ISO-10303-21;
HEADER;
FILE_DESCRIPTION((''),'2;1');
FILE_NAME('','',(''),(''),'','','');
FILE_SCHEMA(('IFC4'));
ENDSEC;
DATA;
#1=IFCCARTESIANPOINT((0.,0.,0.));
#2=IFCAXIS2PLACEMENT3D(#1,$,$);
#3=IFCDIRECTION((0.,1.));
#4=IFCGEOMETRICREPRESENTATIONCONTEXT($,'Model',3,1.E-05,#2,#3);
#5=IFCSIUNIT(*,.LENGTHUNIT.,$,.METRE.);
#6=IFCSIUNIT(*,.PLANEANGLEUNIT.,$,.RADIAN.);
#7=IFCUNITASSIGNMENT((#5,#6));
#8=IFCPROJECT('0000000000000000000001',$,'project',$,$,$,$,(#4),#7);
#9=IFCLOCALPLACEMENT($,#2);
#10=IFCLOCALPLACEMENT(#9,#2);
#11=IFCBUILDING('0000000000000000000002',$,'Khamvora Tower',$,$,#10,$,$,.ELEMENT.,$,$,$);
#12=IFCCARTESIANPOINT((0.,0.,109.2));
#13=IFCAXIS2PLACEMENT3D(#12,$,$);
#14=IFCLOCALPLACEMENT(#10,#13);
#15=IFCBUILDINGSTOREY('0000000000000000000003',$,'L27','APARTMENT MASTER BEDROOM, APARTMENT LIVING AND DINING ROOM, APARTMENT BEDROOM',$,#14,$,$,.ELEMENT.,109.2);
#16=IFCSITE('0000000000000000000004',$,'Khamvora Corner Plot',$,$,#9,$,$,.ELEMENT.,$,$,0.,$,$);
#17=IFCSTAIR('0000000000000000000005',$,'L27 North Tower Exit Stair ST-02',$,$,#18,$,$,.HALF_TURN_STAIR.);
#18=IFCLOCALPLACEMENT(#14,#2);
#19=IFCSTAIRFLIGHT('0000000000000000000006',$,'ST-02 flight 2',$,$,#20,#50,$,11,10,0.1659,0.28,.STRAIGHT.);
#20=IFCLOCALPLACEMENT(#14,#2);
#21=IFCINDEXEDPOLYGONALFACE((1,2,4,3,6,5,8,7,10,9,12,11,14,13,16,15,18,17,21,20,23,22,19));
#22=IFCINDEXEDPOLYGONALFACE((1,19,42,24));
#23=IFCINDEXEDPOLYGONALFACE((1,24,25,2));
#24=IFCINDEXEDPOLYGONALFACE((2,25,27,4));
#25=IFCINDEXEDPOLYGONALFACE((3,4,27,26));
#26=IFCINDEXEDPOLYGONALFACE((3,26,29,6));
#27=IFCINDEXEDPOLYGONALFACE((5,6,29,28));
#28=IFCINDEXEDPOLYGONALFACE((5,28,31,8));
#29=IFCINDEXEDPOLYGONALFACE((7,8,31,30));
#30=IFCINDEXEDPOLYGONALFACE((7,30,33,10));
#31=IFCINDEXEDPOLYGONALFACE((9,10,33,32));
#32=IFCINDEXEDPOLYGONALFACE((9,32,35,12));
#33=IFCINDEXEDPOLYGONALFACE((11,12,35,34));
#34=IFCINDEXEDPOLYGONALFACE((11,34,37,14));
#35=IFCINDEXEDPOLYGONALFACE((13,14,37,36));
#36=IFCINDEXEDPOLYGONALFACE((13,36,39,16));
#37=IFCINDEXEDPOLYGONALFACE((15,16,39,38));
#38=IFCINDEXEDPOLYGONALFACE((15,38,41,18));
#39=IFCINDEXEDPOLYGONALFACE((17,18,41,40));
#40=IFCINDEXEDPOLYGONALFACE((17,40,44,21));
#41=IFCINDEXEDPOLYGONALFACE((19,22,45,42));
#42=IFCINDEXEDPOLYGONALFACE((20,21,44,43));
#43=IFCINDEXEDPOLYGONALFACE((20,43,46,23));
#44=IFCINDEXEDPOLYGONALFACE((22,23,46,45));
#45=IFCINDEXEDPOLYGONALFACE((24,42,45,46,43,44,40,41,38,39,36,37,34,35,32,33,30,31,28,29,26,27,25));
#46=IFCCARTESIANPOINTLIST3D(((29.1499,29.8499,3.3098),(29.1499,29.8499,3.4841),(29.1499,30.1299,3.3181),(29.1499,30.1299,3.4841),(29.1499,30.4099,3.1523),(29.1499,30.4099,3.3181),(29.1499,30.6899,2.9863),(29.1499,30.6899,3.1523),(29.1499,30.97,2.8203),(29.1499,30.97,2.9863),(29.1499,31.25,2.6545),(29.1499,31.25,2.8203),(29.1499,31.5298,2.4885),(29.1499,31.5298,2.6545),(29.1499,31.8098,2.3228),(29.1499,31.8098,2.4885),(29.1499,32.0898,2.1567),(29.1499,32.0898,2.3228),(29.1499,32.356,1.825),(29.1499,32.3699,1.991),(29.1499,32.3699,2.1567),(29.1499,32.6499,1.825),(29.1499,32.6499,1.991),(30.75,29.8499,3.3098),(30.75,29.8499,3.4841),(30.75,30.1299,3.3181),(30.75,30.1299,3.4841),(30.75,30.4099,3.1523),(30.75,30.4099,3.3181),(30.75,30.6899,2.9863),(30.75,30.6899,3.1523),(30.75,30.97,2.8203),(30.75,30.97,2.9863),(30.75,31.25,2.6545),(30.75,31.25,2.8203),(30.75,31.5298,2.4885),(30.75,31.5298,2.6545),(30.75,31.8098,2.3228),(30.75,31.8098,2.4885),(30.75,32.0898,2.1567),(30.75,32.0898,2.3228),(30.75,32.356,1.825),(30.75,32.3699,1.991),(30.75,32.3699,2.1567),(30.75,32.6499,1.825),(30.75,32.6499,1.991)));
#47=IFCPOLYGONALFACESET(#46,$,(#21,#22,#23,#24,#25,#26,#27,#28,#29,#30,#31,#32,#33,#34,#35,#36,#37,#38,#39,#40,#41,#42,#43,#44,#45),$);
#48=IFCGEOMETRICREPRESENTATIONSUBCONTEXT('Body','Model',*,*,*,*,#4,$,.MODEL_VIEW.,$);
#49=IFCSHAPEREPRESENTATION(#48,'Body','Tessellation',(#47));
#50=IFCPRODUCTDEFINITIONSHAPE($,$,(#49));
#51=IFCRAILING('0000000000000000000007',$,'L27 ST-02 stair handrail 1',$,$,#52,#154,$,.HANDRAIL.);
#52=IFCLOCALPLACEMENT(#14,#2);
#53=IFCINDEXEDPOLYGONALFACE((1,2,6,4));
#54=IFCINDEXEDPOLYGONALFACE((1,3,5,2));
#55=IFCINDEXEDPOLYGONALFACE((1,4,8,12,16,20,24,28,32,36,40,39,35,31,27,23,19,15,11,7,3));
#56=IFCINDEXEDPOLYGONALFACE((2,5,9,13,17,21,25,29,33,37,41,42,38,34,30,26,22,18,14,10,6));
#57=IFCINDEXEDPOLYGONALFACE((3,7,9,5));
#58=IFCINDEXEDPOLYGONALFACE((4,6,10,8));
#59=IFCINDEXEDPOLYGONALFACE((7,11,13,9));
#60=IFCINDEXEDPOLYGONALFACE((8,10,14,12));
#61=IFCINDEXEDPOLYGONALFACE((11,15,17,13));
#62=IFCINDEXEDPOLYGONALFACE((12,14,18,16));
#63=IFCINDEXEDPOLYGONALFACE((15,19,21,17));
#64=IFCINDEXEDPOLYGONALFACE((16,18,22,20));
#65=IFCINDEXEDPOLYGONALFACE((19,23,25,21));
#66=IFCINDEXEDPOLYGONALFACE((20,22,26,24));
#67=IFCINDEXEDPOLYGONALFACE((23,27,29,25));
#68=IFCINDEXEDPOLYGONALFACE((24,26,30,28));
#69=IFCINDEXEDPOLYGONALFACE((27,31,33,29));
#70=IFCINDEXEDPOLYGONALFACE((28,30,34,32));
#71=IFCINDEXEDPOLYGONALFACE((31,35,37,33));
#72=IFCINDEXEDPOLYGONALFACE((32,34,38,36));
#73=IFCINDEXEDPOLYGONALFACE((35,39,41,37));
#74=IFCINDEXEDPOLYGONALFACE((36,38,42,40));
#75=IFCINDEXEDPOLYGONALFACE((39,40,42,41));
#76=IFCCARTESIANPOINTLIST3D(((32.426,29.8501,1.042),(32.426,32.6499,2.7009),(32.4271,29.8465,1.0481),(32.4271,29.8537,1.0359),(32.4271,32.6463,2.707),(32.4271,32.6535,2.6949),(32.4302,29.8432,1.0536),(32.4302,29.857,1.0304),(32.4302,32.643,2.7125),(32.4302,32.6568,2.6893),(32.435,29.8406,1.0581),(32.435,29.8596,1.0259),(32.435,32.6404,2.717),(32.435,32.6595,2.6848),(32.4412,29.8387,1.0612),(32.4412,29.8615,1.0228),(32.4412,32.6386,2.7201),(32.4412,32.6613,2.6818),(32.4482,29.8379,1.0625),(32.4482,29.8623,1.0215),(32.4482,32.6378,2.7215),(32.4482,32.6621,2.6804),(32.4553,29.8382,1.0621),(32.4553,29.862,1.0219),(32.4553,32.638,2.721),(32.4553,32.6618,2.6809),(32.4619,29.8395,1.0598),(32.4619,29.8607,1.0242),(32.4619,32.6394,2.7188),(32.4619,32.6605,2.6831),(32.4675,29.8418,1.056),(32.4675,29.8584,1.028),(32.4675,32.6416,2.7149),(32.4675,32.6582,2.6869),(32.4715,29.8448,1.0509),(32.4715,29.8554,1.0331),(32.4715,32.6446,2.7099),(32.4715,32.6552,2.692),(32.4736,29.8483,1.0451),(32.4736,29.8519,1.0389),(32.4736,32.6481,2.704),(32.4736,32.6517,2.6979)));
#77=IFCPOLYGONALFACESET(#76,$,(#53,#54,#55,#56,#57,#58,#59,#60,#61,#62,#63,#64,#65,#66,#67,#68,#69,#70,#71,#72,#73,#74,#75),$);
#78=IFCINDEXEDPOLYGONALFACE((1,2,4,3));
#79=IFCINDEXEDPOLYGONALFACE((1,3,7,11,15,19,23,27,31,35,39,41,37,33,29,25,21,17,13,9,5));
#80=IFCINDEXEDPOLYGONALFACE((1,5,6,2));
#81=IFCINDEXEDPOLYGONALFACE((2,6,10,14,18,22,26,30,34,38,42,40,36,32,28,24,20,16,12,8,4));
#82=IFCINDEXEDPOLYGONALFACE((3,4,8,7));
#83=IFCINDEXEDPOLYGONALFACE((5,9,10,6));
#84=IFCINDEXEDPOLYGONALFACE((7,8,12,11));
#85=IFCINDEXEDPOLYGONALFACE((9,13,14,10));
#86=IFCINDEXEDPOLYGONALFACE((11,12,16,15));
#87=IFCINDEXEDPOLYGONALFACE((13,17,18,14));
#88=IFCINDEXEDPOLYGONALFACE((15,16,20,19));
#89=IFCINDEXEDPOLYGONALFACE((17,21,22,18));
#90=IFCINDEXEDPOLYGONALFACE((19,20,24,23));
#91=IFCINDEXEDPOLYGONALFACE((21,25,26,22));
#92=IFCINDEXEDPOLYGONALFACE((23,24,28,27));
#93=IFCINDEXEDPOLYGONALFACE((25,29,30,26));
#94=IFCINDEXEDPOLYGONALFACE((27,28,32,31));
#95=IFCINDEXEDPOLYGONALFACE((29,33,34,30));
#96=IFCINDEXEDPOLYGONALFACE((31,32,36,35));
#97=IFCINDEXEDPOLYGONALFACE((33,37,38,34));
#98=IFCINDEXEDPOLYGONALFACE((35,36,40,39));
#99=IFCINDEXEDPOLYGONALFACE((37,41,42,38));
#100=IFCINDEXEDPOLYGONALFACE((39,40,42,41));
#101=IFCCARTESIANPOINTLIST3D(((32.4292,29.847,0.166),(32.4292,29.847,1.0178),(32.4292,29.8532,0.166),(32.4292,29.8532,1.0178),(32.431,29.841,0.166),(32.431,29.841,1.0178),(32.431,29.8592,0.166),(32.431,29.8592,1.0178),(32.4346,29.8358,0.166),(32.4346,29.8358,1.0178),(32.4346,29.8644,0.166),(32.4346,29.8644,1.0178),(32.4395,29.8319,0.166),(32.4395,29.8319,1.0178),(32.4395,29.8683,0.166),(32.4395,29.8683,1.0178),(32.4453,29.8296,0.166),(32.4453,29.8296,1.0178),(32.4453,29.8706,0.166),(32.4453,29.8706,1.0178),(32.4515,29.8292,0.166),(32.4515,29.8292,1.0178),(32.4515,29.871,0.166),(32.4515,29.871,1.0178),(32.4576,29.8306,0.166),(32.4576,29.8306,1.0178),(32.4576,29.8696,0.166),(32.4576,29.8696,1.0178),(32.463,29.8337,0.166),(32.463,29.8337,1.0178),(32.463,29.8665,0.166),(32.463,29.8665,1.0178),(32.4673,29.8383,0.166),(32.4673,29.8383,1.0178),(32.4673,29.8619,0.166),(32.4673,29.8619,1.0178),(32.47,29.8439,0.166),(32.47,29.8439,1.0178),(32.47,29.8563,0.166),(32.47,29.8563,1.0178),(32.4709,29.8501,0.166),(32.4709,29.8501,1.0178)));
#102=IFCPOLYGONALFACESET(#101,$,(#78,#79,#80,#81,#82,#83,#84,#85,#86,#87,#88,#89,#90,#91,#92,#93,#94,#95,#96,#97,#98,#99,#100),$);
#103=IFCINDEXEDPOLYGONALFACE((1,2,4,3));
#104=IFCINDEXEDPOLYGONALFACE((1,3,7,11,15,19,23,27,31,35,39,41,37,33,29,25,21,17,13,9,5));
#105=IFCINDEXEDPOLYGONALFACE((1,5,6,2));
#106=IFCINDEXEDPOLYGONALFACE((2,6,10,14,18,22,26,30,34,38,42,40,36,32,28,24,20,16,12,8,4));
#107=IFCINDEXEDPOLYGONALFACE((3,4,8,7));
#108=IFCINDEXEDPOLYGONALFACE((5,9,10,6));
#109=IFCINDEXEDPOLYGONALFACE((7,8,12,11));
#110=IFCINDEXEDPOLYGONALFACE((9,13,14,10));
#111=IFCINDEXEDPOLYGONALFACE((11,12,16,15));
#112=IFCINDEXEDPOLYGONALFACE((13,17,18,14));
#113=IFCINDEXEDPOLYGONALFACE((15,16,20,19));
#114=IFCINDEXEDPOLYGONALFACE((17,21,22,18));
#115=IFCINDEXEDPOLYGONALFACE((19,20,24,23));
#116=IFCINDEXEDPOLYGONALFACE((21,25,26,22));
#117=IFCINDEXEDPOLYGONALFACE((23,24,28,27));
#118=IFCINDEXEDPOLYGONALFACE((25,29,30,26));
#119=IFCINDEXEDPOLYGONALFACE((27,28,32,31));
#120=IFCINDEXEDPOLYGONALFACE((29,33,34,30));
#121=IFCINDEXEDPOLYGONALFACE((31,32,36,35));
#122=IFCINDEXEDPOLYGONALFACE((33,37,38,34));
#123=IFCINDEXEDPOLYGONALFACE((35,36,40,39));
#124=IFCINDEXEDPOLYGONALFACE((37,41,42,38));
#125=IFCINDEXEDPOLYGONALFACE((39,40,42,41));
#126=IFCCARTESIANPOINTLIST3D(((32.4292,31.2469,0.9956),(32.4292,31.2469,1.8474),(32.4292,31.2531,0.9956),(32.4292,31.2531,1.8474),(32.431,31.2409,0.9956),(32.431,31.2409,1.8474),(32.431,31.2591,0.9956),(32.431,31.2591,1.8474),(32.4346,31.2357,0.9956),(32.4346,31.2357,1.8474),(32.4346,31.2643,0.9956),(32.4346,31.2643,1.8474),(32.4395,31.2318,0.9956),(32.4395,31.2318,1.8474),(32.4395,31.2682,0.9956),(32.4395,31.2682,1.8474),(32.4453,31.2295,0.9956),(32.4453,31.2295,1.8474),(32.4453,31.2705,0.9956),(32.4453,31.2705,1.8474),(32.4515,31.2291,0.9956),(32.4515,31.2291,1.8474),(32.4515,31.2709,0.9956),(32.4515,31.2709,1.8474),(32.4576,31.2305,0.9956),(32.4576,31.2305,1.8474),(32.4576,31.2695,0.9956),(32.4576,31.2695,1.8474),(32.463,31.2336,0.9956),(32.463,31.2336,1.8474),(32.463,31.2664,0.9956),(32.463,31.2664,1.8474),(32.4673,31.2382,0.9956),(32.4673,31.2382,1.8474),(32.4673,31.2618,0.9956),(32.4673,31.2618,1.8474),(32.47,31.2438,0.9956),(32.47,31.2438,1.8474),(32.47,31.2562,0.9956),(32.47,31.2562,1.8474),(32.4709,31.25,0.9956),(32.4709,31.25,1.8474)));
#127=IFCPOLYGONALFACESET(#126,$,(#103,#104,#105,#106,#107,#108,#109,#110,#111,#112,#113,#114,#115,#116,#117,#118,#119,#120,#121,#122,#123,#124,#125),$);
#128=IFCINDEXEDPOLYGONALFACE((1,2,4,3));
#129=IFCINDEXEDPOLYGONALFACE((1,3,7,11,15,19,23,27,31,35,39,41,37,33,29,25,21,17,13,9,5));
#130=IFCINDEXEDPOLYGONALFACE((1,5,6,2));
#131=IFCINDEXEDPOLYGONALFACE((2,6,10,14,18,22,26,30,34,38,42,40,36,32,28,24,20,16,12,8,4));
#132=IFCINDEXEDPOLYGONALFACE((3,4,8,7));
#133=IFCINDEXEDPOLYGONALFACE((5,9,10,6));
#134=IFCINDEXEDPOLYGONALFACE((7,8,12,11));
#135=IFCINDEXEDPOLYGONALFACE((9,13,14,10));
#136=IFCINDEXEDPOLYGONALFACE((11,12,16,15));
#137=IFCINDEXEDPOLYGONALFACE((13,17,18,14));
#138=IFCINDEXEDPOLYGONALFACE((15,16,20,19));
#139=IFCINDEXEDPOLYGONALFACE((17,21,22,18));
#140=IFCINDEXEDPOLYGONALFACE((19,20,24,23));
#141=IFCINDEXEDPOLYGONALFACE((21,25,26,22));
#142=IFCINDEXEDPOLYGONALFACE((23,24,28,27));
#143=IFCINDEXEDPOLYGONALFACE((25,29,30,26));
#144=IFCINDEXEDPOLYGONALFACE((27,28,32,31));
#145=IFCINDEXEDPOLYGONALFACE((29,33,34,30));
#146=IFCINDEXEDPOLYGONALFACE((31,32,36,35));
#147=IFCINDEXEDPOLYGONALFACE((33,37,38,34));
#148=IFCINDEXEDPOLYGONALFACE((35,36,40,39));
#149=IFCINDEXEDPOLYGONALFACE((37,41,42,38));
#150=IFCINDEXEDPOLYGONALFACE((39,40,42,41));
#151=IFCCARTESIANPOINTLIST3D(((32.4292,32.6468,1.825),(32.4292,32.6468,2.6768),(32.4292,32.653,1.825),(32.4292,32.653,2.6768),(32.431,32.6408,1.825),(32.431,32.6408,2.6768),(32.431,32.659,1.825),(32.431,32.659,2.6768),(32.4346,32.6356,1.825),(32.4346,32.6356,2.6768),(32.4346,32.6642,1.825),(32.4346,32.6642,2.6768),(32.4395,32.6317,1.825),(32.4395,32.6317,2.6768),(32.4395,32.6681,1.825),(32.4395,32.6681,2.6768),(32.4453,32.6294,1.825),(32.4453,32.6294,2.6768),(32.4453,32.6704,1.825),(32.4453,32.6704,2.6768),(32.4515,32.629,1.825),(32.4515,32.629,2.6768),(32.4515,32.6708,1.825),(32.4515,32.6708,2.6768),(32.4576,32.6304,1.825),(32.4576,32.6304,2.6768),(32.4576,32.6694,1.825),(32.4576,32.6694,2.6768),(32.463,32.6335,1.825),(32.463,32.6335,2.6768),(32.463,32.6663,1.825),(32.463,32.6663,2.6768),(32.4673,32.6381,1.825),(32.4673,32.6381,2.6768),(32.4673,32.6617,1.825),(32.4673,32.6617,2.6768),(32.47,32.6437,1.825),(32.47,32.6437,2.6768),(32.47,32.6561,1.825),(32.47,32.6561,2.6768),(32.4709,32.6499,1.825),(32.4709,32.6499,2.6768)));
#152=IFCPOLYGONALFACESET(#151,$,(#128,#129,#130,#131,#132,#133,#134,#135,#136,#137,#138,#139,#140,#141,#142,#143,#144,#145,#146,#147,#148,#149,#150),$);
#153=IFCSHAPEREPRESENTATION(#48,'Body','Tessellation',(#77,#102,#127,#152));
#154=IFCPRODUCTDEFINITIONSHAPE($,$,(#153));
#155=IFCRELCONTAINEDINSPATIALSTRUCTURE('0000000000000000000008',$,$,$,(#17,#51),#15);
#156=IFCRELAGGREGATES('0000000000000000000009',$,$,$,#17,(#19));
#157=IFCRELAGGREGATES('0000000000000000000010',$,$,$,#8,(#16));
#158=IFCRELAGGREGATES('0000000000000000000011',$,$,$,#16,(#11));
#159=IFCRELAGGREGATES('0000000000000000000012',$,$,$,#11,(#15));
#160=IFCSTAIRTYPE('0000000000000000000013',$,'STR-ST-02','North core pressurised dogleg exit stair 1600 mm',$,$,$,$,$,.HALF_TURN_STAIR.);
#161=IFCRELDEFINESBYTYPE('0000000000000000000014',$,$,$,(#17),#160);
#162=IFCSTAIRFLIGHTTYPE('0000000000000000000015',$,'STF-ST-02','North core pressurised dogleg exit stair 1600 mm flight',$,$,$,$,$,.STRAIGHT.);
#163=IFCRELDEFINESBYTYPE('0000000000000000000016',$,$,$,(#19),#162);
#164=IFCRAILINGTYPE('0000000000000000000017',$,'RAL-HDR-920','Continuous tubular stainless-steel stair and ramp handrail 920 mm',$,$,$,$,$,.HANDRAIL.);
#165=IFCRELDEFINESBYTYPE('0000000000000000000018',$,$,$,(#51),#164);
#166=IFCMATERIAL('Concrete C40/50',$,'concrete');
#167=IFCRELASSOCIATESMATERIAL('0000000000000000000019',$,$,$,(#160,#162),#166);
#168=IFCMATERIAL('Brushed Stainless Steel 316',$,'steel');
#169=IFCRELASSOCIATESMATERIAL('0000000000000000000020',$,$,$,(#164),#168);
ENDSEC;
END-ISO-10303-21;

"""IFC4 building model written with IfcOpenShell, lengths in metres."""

from ifc_helpers import new_model, si_unit, direction, frame, origin, origin_2d, place, context, subcontext, project, spatial, polyline, circle, outline, extrude, material, type_object, element, aggregate, save


model = new_model("IFC4")

# Units and contexts
model_context = context("Model", 3, precision=1e-05, world=origin(), true_north=direction((0.0, 1.0)))
body_context = subcontext(model_context, "Body", "Model", "MODEL_VIEW")
ifc_project = project(units=[si_unit("LENGTHUNIT", "METRE"), si_unit("PLANEANGLEUNIT", "RADIAN")], contexts=[model_context])

# Site, building, storey
site_placement = place(None, origin())
site = spatial("IfcSite", under=ifc_project, at=site_placement, Name="Khamvora Corner Plot", CompositionType="ELEMENT", RefElevation=0.0)
building_placement = place(site_placement, origin())
building = spatial("IfcBuilding", under=site, at=building_placement, Name="Khamvora Tower", CompositionType="ELEMENT")
storey_placement = place(building_placement, frame((0.0, 0.0, 109.2)))
storey = spatial("IfcBuildingStorey", under=building, at=storey_placement, Name="L27", Description="APARTMENT MASTER BEDROOM, APARTMENT LIVING AND DINING ROOM, APARTMENT BEDROOM", CompositionType="ELEMENT", Elevation=109.2)

# Shared definitions
ifc_material_1 = material(Name="Concrete C40/50", Category="concrete")

# Stair, stair flight
stair_type = type_object("IfcStairType", Name="STR-ST-02", Description="North core pressurised dogleg exit stair 1600 mm", PredefinedType="HALF_TURN_STAIR", material=ifc_material_1)
stair_placement = place(storey_placement, origin())
stair = element("IfcStair", 1, at=stair_placement, inside=storey, type_object=stair_type, Name="L27 North Tower Exit Stair ST-02", PredefinedType="HALF_TURN_STAIR")
stair_flight_type = type_object("IfcStairFlightType", Name="STF-ST-02", Description="North core pressurised dogleg exit stair 1600 mm flight", PredefinedType="STRAIGHT", material=ifc_material_1)
stair_flight_1_placement = place(storey_placement, frame((29.95, 32.6499, 1.825), z_axis=(0.0, 0.0, 1.0), x_axis=(0.0, -1.0, 0.0)))
stair_flight_1 = element("IfcStairFlight", 2, at=stair_flight_1_placement, type_object=stair_flight_type, Name="ST-02 flight 2", NumberOfRisers=11, NumberOfTreads=10, PredefinedType="STRAIGHT", RiserHeight=0.1659, TreadLength=0.28, context=body_context, shape_type="SweptSolid", body=[
    extrude(outline(polyline([(0.0, 0.0), (0.0, 0.166), (0.28, 0.166), (0.28, 0.3318), (0.5601, 0.3318), (0.5601, 0.4978), (0.8401, 0.4978), (0.8401, 0.6636), (1.1201, 0.6636), (1.1201, 0.8296), (1.3999, 0.8296), (1.3999, 0.9954), (1.6799, 0.9954), (1.6799, 1.1614), (1.96, 1.1614), (1.96, 1.3274), (2.24, 1.3274), (2.24, 1.4932), (2.52, 1.4932), (2.52, 1.6592), (2.8, 1.6592), (2.8, 1.825), (2.8, 1.4849), (0.2939, 0.0), (0.0, 0.0)])), frame((0.0, 0.8, 0.0), z_axis=(0.0, -1.0, 0.0), x_axis=(1.0, 0.0, 0.0)), (0.0, 0.0, 1.0), 1.6001),
])
aggregate(stair, [stair_flight_1])

# Railing
ifc_material_2 = material(Name="Brushed Stainless Steel 316", Category="steel")
railing_type_1 = type_object("IfcRailingType", Name="RAL-HDR-920", Description="Continuous tubular stainless-steel stair and ramp handrail 920 mm", PredefinedType="HANDRAIL", material=ifc_material_2)
railing_1_placement = place(storey_placement, frame((32.45, 29.8501, 0.166)))
element("IfcRailing", 3, at=railing_1_placement, inside=storey, type_object=railing_type_1, Name="L27 ST-02 stair handrail 1", PredefinedType="HANDRAIL", context=body_context, shape_type="SweptSolid", body=[
    extrude(circle(Radius=0.0239, at=origin_2d()), frame((0.0, 0.0, 0.876), z_axis=(0.0, 0.86032, 0.509755), x_axis=(-1.0, 0.0, 0.0)), (0.0, 0.0, 1.0), 3.2544),
    extrude(circle(Radius=0.021, at=origin_2d()), origin(), (0.0, 0.0, 1.0), 0.8518),
    extrude(circle(Radius=0.021, at=origin_2d()), frame((0.0, 1.3999, 0.8296)), (0.0, 0.0, 1.0), 0.8518),
    extrude(circle(Radius=0.021, at=origin_2d()), frame((0.0, 2.7998, 1.6589)), (0.0, 0.0, 1.0), 0.8518),
])

save(model, "model.ifc")
